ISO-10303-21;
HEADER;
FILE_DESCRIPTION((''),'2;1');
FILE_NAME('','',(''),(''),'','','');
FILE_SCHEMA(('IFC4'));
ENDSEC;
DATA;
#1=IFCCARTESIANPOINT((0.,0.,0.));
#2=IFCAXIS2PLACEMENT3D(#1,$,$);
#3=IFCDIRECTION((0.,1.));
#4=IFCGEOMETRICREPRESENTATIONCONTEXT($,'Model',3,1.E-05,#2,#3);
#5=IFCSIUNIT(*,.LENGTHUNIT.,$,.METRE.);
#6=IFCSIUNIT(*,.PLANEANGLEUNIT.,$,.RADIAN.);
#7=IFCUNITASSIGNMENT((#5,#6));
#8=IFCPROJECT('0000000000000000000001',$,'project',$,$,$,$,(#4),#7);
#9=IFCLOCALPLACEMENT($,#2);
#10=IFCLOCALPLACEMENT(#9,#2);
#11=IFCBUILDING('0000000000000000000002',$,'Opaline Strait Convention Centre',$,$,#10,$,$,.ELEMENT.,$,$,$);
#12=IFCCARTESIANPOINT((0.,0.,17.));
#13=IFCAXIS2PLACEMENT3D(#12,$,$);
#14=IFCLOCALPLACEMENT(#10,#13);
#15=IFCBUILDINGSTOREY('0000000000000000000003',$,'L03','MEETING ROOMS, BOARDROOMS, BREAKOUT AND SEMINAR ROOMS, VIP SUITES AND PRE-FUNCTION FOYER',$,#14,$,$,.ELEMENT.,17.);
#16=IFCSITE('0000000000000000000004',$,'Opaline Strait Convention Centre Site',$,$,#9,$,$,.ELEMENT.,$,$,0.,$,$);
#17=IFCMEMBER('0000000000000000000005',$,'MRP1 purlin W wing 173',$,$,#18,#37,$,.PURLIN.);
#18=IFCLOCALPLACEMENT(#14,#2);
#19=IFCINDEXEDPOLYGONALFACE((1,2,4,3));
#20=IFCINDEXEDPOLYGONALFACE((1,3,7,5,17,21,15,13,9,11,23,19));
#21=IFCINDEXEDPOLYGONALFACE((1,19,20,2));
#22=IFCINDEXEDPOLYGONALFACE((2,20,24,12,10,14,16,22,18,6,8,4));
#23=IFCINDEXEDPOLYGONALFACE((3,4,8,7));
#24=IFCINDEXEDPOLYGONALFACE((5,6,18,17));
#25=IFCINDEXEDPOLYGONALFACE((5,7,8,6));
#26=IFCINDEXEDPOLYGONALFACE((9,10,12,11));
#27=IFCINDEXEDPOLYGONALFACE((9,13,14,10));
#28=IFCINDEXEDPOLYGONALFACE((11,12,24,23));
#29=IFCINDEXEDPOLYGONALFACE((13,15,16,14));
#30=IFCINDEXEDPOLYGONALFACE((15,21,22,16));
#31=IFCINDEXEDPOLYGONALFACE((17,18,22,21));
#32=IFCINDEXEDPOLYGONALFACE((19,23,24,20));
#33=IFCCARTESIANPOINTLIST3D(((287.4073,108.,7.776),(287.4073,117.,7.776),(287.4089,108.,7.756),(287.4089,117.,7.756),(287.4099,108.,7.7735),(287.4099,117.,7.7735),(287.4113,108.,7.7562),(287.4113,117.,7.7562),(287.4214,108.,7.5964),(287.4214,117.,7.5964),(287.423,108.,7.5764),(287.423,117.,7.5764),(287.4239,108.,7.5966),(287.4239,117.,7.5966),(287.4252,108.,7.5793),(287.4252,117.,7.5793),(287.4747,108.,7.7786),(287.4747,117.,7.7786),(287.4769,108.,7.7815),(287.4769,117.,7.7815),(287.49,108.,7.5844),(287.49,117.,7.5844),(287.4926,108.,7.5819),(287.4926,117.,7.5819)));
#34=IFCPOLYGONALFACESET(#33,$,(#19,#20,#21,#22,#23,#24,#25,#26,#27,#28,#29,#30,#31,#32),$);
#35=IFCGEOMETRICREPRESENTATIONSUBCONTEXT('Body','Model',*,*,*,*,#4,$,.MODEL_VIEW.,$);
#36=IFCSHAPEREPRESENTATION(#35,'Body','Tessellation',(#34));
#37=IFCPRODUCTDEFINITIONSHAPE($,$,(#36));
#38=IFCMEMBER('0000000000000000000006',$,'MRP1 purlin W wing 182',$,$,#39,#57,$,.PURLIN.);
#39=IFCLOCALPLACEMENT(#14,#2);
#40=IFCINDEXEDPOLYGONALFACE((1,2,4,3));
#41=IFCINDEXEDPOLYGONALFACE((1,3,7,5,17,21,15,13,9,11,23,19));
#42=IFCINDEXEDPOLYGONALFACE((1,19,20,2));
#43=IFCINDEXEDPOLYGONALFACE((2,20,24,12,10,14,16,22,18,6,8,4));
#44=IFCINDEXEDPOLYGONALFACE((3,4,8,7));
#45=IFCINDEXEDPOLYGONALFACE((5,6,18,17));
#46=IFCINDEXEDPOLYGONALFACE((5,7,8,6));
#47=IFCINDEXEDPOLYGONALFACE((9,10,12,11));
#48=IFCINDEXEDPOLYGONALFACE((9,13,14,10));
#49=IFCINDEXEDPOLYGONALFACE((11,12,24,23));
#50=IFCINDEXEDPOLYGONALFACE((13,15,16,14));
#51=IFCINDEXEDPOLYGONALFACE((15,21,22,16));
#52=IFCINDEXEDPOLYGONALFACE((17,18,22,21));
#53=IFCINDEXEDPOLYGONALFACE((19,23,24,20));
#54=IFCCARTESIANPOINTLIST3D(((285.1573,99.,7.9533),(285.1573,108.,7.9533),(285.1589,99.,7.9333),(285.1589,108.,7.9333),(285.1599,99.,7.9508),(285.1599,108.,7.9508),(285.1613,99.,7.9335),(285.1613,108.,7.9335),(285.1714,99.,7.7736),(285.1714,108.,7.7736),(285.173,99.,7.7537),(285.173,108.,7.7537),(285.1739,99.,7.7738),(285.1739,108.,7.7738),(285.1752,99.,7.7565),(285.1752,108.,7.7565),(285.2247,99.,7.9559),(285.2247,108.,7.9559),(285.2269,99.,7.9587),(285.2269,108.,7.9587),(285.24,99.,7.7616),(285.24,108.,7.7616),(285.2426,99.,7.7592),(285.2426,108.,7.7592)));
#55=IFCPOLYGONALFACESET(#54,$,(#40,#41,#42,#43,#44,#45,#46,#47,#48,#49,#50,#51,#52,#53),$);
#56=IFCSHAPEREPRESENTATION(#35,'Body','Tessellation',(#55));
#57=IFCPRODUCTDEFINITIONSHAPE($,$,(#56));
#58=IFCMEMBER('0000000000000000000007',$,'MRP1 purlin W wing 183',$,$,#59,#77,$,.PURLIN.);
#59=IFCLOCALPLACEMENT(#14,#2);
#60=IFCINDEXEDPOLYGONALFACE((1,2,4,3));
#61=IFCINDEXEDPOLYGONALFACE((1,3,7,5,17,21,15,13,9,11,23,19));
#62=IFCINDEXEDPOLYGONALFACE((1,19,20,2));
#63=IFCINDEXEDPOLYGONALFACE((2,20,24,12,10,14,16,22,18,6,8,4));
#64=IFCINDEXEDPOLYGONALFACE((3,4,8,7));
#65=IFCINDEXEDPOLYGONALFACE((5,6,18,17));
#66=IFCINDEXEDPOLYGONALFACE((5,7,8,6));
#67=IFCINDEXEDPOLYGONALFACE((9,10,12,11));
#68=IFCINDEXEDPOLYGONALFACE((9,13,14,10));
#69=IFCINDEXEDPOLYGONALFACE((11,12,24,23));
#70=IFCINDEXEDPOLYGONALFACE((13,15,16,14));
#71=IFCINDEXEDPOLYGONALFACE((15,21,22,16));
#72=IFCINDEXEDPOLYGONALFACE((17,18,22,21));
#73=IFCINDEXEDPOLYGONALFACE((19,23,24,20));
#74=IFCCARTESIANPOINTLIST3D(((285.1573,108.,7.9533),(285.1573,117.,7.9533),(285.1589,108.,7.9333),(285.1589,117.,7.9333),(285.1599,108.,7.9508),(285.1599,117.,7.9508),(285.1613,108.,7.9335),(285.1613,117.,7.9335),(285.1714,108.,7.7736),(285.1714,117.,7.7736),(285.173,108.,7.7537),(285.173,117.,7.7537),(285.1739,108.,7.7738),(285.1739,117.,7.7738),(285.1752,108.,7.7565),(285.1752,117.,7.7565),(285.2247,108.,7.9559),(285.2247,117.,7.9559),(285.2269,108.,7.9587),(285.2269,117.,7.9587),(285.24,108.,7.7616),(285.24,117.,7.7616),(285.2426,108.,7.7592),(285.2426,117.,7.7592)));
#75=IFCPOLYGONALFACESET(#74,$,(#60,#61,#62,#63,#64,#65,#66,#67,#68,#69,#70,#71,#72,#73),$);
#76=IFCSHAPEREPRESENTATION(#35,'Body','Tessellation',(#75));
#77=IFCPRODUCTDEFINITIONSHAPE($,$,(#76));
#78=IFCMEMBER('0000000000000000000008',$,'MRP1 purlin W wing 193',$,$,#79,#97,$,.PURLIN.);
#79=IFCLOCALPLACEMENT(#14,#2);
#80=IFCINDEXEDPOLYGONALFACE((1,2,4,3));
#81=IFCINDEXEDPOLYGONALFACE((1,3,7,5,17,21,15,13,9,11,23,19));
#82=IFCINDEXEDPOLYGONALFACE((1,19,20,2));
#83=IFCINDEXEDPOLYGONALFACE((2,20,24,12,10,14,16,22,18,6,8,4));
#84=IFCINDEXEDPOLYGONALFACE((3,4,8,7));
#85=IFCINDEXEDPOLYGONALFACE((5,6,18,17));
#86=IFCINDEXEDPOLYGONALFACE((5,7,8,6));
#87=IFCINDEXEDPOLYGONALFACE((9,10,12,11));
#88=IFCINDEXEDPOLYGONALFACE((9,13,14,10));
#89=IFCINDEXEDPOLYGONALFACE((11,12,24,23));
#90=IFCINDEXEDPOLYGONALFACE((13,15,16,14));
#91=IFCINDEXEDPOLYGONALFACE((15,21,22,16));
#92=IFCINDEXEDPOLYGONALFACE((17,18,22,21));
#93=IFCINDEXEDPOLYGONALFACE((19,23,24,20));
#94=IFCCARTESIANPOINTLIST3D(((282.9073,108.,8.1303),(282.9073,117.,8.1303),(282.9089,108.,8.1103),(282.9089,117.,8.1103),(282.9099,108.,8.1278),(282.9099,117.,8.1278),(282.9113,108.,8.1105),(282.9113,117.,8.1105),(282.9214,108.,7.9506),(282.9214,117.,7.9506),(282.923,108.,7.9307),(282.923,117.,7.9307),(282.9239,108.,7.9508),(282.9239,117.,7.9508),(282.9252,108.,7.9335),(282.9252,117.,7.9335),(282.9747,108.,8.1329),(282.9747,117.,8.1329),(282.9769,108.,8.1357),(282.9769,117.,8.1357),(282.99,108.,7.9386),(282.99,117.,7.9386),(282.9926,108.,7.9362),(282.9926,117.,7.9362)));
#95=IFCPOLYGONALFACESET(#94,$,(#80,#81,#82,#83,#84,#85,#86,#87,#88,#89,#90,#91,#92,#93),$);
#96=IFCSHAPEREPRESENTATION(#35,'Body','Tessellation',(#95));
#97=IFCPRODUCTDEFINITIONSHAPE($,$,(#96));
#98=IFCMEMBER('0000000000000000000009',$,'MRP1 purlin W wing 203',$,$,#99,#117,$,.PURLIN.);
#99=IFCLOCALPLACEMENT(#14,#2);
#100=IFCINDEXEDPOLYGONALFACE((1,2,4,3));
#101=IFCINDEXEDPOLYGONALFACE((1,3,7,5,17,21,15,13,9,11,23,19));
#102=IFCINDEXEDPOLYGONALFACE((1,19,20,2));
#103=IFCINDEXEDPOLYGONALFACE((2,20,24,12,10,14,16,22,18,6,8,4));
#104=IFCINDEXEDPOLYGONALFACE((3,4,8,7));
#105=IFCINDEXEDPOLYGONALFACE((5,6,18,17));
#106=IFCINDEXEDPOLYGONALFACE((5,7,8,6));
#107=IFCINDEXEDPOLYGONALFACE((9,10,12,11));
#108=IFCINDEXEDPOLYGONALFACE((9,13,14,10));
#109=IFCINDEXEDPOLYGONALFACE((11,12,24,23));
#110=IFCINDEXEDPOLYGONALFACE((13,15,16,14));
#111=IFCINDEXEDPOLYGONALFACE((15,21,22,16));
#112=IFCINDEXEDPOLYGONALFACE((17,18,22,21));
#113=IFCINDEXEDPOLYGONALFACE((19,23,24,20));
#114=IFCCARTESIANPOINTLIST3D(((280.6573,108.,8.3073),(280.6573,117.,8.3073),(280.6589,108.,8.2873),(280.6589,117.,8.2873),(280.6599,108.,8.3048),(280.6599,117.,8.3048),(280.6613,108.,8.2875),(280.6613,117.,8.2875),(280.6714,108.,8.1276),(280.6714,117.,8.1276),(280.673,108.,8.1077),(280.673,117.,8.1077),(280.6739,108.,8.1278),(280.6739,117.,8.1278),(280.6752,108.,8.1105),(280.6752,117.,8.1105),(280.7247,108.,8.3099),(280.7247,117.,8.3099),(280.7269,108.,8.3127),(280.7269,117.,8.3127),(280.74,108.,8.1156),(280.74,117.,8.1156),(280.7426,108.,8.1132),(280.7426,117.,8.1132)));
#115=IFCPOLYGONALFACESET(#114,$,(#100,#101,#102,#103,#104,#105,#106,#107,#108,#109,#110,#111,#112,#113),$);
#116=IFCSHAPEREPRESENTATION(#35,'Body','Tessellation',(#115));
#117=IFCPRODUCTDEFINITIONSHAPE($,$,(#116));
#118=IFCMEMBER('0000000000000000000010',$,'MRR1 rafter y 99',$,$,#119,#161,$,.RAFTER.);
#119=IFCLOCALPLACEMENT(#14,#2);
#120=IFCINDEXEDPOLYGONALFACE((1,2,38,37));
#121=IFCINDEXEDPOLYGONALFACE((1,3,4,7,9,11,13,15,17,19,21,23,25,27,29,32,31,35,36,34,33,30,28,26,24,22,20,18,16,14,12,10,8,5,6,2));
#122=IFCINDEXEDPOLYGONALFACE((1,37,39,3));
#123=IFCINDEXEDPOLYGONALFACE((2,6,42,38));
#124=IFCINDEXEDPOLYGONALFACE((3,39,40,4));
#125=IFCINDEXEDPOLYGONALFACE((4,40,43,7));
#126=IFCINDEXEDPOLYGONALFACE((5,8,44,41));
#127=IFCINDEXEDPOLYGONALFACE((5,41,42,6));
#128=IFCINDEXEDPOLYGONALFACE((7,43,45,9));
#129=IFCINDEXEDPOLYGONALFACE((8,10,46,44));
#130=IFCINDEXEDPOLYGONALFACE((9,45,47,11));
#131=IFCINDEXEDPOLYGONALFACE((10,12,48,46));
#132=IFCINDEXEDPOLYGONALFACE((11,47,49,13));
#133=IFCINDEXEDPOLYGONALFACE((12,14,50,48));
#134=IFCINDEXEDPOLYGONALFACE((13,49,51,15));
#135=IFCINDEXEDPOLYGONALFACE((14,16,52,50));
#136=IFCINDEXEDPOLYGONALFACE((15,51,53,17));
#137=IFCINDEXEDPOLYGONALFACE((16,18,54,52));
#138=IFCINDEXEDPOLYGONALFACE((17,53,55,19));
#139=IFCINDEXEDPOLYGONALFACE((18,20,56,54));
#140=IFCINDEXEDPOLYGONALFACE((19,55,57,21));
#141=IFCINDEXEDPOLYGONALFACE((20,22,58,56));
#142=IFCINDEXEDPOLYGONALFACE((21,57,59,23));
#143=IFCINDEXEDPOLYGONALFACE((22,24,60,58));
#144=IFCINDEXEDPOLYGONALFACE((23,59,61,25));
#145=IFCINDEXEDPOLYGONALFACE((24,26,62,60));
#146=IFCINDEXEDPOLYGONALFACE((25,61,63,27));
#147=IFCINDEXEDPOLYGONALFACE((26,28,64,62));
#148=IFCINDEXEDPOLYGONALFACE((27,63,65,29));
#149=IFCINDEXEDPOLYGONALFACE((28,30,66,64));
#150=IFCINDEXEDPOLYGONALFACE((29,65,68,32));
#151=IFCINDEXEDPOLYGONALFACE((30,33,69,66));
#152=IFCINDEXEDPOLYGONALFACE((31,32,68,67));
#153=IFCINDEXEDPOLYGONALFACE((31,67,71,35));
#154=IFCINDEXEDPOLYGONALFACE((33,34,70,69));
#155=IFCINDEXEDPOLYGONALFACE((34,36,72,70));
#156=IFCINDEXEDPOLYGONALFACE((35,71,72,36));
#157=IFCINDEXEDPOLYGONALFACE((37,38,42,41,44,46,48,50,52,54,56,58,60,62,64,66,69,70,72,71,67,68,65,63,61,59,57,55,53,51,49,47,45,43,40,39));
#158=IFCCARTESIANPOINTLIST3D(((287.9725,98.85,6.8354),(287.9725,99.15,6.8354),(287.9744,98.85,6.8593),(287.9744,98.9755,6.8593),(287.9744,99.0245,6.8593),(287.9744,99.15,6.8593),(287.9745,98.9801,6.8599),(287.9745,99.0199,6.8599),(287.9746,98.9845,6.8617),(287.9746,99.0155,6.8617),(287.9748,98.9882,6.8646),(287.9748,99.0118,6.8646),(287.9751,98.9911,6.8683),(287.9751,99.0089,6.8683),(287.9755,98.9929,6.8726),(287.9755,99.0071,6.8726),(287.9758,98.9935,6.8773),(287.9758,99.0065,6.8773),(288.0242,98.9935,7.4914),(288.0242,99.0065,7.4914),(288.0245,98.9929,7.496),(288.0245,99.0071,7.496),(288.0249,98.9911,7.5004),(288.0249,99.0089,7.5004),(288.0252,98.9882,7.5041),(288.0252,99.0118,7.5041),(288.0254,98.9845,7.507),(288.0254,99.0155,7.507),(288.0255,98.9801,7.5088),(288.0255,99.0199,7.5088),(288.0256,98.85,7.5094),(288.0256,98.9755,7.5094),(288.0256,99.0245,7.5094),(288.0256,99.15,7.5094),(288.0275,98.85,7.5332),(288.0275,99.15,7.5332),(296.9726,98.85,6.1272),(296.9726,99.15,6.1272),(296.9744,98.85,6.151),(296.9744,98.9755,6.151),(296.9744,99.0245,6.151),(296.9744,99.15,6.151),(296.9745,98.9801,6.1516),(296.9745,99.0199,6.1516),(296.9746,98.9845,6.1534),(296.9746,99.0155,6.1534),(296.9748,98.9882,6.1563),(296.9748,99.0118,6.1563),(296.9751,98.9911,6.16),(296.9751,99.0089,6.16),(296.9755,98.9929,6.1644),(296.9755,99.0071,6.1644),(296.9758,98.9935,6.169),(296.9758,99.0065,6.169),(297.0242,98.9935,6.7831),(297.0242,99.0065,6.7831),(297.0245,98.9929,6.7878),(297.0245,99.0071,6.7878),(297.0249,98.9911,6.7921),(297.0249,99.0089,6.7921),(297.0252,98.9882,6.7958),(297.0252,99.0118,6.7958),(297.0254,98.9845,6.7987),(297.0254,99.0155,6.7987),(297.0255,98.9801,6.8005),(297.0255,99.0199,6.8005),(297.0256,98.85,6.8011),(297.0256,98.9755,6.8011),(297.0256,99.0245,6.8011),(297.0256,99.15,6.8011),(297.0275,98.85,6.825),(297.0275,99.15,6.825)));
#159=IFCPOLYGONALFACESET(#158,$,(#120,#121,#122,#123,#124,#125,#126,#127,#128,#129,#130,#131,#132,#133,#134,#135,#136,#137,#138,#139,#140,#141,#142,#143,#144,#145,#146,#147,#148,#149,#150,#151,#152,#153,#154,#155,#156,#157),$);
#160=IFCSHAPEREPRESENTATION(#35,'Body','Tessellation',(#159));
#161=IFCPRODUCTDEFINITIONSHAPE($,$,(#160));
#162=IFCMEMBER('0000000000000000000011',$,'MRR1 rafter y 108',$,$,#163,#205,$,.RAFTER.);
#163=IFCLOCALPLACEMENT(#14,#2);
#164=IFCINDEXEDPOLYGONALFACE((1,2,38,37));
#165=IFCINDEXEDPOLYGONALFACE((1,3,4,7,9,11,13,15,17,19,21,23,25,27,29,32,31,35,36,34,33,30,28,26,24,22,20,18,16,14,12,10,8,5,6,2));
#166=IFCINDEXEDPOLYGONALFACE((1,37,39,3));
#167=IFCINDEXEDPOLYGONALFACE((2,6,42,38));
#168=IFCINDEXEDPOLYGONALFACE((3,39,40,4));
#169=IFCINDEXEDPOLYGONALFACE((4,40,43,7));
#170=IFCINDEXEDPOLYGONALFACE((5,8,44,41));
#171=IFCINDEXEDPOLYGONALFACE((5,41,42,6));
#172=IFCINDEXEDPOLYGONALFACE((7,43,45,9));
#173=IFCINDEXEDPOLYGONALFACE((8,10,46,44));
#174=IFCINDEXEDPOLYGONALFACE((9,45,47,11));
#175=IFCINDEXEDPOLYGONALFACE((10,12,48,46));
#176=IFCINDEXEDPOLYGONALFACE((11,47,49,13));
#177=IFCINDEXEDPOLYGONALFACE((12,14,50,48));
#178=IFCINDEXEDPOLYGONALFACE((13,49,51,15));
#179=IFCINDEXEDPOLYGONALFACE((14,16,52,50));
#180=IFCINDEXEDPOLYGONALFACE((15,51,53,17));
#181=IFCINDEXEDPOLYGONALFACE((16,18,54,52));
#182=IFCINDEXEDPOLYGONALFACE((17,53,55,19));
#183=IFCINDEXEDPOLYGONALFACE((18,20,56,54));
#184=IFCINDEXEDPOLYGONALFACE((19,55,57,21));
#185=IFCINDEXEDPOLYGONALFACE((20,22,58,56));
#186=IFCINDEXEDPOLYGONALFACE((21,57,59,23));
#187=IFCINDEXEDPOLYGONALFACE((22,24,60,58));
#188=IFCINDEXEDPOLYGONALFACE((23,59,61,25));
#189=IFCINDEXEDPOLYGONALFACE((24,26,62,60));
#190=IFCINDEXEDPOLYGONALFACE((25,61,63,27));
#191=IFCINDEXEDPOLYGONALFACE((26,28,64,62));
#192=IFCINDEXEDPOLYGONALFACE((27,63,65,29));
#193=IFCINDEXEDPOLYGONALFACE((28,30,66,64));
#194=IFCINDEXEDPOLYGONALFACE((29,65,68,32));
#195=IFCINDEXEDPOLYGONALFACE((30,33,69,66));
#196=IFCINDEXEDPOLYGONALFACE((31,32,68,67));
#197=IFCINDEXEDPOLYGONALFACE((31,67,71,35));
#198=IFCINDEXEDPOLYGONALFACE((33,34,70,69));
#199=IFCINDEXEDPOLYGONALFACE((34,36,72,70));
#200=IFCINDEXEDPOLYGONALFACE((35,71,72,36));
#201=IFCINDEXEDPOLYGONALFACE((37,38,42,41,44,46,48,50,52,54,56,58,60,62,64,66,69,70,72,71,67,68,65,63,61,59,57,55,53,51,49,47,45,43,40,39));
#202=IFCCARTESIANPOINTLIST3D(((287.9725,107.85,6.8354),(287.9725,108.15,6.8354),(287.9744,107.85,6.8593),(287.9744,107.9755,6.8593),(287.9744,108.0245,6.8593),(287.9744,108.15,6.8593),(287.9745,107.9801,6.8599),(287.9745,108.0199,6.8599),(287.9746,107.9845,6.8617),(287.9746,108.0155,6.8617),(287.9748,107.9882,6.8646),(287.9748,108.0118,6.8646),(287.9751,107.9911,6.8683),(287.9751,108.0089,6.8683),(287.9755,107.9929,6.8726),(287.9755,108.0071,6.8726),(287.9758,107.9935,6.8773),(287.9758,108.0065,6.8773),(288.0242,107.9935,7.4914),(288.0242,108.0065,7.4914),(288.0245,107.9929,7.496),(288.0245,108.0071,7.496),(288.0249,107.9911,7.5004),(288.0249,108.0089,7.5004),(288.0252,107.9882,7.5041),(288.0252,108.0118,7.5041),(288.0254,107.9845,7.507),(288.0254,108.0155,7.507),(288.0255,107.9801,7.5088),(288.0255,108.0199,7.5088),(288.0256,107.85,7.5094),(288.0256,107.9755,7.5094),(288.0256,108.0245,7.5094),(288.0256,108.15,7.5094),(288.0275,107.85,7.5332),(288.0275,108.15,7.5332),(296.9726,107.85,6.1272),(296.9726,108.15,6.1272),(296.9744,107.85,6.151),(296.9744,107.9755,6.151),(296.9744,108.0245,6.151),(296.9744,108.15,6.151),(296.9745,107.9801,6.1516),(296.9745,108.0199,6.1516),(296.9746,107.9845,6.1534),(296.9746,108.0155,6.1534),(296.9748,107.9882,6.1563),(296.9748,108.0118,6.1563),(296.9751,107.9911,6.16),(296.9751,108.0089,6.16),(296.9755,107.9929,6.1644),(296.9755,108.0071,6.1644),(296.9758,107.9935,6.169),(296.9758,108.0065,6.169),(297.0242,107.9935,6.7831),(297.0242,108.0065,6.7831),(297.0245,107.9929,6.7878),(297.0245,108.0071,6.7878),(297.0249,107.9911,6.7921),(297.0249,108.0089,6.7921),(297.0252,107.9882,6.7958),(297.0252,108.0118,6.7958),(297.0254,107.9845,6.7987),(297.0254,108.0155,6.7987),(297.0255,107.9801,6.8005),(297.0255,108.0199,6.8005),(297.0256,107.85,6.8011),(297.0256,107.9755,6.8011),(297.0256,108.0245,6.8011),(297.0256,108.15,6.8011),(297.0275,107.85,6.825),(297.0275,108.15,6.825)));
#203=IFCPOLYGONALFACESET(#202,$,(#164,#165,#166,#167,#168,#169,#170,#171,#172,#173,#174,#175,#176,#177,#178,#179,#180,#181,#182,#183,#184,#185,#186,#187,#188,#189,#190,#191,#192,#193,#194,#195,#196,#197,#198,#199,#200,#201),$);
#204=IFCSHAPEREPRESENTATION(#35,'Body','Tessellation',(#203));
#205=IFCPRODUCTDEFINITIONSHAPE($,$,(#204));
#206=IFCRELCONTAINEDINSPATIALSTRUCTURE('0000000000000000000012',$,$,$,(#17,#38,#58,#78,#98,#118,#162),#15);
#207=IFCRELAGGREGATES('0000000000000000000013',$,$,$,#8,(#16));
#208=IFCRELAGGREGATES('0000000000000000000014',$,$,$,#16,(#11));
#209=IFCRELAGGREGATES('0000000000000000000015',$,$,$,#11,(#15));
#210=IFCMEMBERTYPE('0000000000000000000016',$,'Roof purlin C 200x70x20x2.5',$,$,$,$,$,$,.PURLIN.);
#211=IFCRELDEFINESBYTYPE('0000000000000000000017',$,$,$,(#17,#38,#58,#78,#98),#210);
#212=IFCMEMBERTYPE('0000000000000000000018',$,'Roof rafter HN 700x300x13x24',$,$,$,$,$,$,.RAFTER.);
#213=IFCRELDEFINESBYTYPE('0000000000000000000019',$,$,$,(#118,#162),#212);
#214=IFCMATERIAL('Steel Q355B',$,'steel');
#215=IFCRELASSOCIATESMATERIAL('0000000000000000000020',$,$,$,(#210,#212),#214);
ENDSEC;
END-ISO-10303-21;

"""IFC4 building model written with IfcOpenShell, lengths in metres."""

from ifc_helpers import new_model, si_unit, direction, frame, origin, origin_2d, place, context, subcontext, project, spatial, polyline, i_section, outline, extrude, material, material_profile, profile_set, type_object, element, save


model = new_model("IFC4")

# Units and contexts
model_context = context("Model", 3, precision=1e-05, world=origin(), true_north=direction((0.0, 1.0)))
body_context = subcontext(model_context, "Body", "Model", "MODEL_VIEW")
ifc_project = project(units=[si_unit("LENGTHUNIT", "METRE"), si_unit("PLANEANGLEUNIT", "RADIAN")], contexts=[model_context])

# Site, building, storey
site_placement = place(None, origin())
site = spatial("IfcSite", under=ifc_project, at=site_placement, Name="Opaline Strait Convention Centre Site", CompositionType="ELEMENT", RefElevation=0.0)
building_placement = place(site_placement, origin())
building = spatial("IfcBuilding", under=site, at=building_placement, Name="Opaline Strait Convention Centre", CompositionType="ELEMENT")
storey_placement = place(building_placement, frame((0.0, 0.0, 17.0)))
storey = spatial("IfcBuildingStorey", under=building, at=storey_placement, Name="L03", Description="MEETING ROOMS, BOARDROOMS, BREAKOUT AND SEMINAR ROOMS, VIP SUITES AND PRE-FUNCTION FOYER", CompositionType="ELEMENT", Elevation=17.0)

# Shared definitions
ifc_material_1 = material(Name="Steel Q355B", Category="steel")

# Members
ifc_material_profile_1 = material_profile(ifc_material_1, outline(polyline([(-0.0349, -0.1001), (0.0349, -0.1001), (0.0349, -0.0801), (0.0325, -0.0801), (0.0325, -0.0974), (-0.0325, -0.0974), (-0.0325, 0.0974), (0.0325, 0.0974), (0.0325, 0.0801), (0.0349, 0.0801), (0.0349, 0.1001), (-0.0349, 0.1001), (-0.0349, -0.1001)])), Name="C 200x70x20x2.5")
ifc_profile_set_1 = profile_set([ifc_material_profile_1], Name="Steel Q355B")
member_type_1 = type_object("IfcMemberType", Name="Roof purlin C 200x70x20x2.5", PredefinedType="PURLIN", material=ifc_profile_set_1)
for number, where, z_axis, x_axis, name in (
    (1, (287.45, 108.0, 7.679), (0.0, 1.0, 0.0), (-0.996917, 0.0, -0.078459), "MRP1 purlin W wing 173"),
    (2, (285.2, 99.0, 7.8562), (0.0, 1.0, 0.0), (-0.996917, 0.0, -0.078459), "MRP1 purlin W wing 182"),
    (3, (285.2, 108.0, 7.8562), (0.0, 1.0, 0.0), (-0.996917, 0.0, -0.078459), "MRP1 purlin W wing 183"),
    (4, (282.95, 108.0, 8.0332), (0.0, 1.0, 0.0), (-0.996917, 0.0, -0.078459), "MRP1 purlin W wing 193"),
    (5, (280.7, 108.0, 8.2102), (0.0, 1.0, 0.0), (-0.996917, 0.0, -0.078459), "MRP1 purlin W wing 203"),
):
    element("IfcMember", number, at=place(storey_placement, frame(where, z_axis=z_axis, x_axis=x_axis)), inside=storey, type_object=member_type_1, Name=name, PredefinedType="PURLIN", context=body_context, shape_type="SweptSolid", body=[
        extrude(outline(polyline([(-0.0349, -0.1001), (0.0349, -0.1001), (0.0349, -0.0801), (0.0325, -0.0801), (0.0325, -0.0974), (-0.0325, -0.0974), (-0.0325, 0.0974), (0.0325, 0.0974), (0.0325, 0.0801), (0.0349, 0.0801), (0.0349, 0.1001), (-0.0349, 0.1001), (-0.0349, -0.1001)])), origin(), (0.0, 0.0, 1.0), 9.0),
    ])
ifc_material_profile_2 = material_profile(ifc_material_1, i_section(OverallWidth=0.3, OverallDepth=0.7, WebThickness=0.0129, FlangeThickness=0.0239, FilletRadius=0.0181, at=origin_2d()), Name="HN 700x300x13x24")
ifc_profile_set_2 = profile_set([ifc_material_profile_2], Name="Steel Q355B")
member_type_2 = type_object("IfcMemberType", Name="Roof rafter HN 700x300x13x24", PredefinedType="RAFTER", material=ifc_profile_set_2)
for number, where, z_axis, x_axis, name in (
    (6, (288.0, 99.0, 7.1843), (0.996918, 0.0, -0.078452), (0.0, 1.0, 0.0), "MRR1 rafter y 99"),
    (7, (288.0, 108.0, 7.1843), (0.996918, 0.0, -0.078452), (0.0, 1.0, 0.0), "MRR1 rafter y 108"),
):
    element("IfcMember", number, at=place(storey_placement, frame(where, z_axis=z_axis, x_axis=x_axis)), inside=storey, type_object=member_type_2, Name=name, PredefinedType="RAFTER", context=body_context, shape_type="SweptSolid", body=[
        extrude(i_section(OverallWidth=0.3, OverallDepth=0.7, WebThickness=0.0129, FlangeThickness=0.0239, FilletRadius=0.0181, at=origin_2d()), origin(), (0.0, 0.0, 1.0), 9.0278),
    ])

save(model, "model.ifc")
